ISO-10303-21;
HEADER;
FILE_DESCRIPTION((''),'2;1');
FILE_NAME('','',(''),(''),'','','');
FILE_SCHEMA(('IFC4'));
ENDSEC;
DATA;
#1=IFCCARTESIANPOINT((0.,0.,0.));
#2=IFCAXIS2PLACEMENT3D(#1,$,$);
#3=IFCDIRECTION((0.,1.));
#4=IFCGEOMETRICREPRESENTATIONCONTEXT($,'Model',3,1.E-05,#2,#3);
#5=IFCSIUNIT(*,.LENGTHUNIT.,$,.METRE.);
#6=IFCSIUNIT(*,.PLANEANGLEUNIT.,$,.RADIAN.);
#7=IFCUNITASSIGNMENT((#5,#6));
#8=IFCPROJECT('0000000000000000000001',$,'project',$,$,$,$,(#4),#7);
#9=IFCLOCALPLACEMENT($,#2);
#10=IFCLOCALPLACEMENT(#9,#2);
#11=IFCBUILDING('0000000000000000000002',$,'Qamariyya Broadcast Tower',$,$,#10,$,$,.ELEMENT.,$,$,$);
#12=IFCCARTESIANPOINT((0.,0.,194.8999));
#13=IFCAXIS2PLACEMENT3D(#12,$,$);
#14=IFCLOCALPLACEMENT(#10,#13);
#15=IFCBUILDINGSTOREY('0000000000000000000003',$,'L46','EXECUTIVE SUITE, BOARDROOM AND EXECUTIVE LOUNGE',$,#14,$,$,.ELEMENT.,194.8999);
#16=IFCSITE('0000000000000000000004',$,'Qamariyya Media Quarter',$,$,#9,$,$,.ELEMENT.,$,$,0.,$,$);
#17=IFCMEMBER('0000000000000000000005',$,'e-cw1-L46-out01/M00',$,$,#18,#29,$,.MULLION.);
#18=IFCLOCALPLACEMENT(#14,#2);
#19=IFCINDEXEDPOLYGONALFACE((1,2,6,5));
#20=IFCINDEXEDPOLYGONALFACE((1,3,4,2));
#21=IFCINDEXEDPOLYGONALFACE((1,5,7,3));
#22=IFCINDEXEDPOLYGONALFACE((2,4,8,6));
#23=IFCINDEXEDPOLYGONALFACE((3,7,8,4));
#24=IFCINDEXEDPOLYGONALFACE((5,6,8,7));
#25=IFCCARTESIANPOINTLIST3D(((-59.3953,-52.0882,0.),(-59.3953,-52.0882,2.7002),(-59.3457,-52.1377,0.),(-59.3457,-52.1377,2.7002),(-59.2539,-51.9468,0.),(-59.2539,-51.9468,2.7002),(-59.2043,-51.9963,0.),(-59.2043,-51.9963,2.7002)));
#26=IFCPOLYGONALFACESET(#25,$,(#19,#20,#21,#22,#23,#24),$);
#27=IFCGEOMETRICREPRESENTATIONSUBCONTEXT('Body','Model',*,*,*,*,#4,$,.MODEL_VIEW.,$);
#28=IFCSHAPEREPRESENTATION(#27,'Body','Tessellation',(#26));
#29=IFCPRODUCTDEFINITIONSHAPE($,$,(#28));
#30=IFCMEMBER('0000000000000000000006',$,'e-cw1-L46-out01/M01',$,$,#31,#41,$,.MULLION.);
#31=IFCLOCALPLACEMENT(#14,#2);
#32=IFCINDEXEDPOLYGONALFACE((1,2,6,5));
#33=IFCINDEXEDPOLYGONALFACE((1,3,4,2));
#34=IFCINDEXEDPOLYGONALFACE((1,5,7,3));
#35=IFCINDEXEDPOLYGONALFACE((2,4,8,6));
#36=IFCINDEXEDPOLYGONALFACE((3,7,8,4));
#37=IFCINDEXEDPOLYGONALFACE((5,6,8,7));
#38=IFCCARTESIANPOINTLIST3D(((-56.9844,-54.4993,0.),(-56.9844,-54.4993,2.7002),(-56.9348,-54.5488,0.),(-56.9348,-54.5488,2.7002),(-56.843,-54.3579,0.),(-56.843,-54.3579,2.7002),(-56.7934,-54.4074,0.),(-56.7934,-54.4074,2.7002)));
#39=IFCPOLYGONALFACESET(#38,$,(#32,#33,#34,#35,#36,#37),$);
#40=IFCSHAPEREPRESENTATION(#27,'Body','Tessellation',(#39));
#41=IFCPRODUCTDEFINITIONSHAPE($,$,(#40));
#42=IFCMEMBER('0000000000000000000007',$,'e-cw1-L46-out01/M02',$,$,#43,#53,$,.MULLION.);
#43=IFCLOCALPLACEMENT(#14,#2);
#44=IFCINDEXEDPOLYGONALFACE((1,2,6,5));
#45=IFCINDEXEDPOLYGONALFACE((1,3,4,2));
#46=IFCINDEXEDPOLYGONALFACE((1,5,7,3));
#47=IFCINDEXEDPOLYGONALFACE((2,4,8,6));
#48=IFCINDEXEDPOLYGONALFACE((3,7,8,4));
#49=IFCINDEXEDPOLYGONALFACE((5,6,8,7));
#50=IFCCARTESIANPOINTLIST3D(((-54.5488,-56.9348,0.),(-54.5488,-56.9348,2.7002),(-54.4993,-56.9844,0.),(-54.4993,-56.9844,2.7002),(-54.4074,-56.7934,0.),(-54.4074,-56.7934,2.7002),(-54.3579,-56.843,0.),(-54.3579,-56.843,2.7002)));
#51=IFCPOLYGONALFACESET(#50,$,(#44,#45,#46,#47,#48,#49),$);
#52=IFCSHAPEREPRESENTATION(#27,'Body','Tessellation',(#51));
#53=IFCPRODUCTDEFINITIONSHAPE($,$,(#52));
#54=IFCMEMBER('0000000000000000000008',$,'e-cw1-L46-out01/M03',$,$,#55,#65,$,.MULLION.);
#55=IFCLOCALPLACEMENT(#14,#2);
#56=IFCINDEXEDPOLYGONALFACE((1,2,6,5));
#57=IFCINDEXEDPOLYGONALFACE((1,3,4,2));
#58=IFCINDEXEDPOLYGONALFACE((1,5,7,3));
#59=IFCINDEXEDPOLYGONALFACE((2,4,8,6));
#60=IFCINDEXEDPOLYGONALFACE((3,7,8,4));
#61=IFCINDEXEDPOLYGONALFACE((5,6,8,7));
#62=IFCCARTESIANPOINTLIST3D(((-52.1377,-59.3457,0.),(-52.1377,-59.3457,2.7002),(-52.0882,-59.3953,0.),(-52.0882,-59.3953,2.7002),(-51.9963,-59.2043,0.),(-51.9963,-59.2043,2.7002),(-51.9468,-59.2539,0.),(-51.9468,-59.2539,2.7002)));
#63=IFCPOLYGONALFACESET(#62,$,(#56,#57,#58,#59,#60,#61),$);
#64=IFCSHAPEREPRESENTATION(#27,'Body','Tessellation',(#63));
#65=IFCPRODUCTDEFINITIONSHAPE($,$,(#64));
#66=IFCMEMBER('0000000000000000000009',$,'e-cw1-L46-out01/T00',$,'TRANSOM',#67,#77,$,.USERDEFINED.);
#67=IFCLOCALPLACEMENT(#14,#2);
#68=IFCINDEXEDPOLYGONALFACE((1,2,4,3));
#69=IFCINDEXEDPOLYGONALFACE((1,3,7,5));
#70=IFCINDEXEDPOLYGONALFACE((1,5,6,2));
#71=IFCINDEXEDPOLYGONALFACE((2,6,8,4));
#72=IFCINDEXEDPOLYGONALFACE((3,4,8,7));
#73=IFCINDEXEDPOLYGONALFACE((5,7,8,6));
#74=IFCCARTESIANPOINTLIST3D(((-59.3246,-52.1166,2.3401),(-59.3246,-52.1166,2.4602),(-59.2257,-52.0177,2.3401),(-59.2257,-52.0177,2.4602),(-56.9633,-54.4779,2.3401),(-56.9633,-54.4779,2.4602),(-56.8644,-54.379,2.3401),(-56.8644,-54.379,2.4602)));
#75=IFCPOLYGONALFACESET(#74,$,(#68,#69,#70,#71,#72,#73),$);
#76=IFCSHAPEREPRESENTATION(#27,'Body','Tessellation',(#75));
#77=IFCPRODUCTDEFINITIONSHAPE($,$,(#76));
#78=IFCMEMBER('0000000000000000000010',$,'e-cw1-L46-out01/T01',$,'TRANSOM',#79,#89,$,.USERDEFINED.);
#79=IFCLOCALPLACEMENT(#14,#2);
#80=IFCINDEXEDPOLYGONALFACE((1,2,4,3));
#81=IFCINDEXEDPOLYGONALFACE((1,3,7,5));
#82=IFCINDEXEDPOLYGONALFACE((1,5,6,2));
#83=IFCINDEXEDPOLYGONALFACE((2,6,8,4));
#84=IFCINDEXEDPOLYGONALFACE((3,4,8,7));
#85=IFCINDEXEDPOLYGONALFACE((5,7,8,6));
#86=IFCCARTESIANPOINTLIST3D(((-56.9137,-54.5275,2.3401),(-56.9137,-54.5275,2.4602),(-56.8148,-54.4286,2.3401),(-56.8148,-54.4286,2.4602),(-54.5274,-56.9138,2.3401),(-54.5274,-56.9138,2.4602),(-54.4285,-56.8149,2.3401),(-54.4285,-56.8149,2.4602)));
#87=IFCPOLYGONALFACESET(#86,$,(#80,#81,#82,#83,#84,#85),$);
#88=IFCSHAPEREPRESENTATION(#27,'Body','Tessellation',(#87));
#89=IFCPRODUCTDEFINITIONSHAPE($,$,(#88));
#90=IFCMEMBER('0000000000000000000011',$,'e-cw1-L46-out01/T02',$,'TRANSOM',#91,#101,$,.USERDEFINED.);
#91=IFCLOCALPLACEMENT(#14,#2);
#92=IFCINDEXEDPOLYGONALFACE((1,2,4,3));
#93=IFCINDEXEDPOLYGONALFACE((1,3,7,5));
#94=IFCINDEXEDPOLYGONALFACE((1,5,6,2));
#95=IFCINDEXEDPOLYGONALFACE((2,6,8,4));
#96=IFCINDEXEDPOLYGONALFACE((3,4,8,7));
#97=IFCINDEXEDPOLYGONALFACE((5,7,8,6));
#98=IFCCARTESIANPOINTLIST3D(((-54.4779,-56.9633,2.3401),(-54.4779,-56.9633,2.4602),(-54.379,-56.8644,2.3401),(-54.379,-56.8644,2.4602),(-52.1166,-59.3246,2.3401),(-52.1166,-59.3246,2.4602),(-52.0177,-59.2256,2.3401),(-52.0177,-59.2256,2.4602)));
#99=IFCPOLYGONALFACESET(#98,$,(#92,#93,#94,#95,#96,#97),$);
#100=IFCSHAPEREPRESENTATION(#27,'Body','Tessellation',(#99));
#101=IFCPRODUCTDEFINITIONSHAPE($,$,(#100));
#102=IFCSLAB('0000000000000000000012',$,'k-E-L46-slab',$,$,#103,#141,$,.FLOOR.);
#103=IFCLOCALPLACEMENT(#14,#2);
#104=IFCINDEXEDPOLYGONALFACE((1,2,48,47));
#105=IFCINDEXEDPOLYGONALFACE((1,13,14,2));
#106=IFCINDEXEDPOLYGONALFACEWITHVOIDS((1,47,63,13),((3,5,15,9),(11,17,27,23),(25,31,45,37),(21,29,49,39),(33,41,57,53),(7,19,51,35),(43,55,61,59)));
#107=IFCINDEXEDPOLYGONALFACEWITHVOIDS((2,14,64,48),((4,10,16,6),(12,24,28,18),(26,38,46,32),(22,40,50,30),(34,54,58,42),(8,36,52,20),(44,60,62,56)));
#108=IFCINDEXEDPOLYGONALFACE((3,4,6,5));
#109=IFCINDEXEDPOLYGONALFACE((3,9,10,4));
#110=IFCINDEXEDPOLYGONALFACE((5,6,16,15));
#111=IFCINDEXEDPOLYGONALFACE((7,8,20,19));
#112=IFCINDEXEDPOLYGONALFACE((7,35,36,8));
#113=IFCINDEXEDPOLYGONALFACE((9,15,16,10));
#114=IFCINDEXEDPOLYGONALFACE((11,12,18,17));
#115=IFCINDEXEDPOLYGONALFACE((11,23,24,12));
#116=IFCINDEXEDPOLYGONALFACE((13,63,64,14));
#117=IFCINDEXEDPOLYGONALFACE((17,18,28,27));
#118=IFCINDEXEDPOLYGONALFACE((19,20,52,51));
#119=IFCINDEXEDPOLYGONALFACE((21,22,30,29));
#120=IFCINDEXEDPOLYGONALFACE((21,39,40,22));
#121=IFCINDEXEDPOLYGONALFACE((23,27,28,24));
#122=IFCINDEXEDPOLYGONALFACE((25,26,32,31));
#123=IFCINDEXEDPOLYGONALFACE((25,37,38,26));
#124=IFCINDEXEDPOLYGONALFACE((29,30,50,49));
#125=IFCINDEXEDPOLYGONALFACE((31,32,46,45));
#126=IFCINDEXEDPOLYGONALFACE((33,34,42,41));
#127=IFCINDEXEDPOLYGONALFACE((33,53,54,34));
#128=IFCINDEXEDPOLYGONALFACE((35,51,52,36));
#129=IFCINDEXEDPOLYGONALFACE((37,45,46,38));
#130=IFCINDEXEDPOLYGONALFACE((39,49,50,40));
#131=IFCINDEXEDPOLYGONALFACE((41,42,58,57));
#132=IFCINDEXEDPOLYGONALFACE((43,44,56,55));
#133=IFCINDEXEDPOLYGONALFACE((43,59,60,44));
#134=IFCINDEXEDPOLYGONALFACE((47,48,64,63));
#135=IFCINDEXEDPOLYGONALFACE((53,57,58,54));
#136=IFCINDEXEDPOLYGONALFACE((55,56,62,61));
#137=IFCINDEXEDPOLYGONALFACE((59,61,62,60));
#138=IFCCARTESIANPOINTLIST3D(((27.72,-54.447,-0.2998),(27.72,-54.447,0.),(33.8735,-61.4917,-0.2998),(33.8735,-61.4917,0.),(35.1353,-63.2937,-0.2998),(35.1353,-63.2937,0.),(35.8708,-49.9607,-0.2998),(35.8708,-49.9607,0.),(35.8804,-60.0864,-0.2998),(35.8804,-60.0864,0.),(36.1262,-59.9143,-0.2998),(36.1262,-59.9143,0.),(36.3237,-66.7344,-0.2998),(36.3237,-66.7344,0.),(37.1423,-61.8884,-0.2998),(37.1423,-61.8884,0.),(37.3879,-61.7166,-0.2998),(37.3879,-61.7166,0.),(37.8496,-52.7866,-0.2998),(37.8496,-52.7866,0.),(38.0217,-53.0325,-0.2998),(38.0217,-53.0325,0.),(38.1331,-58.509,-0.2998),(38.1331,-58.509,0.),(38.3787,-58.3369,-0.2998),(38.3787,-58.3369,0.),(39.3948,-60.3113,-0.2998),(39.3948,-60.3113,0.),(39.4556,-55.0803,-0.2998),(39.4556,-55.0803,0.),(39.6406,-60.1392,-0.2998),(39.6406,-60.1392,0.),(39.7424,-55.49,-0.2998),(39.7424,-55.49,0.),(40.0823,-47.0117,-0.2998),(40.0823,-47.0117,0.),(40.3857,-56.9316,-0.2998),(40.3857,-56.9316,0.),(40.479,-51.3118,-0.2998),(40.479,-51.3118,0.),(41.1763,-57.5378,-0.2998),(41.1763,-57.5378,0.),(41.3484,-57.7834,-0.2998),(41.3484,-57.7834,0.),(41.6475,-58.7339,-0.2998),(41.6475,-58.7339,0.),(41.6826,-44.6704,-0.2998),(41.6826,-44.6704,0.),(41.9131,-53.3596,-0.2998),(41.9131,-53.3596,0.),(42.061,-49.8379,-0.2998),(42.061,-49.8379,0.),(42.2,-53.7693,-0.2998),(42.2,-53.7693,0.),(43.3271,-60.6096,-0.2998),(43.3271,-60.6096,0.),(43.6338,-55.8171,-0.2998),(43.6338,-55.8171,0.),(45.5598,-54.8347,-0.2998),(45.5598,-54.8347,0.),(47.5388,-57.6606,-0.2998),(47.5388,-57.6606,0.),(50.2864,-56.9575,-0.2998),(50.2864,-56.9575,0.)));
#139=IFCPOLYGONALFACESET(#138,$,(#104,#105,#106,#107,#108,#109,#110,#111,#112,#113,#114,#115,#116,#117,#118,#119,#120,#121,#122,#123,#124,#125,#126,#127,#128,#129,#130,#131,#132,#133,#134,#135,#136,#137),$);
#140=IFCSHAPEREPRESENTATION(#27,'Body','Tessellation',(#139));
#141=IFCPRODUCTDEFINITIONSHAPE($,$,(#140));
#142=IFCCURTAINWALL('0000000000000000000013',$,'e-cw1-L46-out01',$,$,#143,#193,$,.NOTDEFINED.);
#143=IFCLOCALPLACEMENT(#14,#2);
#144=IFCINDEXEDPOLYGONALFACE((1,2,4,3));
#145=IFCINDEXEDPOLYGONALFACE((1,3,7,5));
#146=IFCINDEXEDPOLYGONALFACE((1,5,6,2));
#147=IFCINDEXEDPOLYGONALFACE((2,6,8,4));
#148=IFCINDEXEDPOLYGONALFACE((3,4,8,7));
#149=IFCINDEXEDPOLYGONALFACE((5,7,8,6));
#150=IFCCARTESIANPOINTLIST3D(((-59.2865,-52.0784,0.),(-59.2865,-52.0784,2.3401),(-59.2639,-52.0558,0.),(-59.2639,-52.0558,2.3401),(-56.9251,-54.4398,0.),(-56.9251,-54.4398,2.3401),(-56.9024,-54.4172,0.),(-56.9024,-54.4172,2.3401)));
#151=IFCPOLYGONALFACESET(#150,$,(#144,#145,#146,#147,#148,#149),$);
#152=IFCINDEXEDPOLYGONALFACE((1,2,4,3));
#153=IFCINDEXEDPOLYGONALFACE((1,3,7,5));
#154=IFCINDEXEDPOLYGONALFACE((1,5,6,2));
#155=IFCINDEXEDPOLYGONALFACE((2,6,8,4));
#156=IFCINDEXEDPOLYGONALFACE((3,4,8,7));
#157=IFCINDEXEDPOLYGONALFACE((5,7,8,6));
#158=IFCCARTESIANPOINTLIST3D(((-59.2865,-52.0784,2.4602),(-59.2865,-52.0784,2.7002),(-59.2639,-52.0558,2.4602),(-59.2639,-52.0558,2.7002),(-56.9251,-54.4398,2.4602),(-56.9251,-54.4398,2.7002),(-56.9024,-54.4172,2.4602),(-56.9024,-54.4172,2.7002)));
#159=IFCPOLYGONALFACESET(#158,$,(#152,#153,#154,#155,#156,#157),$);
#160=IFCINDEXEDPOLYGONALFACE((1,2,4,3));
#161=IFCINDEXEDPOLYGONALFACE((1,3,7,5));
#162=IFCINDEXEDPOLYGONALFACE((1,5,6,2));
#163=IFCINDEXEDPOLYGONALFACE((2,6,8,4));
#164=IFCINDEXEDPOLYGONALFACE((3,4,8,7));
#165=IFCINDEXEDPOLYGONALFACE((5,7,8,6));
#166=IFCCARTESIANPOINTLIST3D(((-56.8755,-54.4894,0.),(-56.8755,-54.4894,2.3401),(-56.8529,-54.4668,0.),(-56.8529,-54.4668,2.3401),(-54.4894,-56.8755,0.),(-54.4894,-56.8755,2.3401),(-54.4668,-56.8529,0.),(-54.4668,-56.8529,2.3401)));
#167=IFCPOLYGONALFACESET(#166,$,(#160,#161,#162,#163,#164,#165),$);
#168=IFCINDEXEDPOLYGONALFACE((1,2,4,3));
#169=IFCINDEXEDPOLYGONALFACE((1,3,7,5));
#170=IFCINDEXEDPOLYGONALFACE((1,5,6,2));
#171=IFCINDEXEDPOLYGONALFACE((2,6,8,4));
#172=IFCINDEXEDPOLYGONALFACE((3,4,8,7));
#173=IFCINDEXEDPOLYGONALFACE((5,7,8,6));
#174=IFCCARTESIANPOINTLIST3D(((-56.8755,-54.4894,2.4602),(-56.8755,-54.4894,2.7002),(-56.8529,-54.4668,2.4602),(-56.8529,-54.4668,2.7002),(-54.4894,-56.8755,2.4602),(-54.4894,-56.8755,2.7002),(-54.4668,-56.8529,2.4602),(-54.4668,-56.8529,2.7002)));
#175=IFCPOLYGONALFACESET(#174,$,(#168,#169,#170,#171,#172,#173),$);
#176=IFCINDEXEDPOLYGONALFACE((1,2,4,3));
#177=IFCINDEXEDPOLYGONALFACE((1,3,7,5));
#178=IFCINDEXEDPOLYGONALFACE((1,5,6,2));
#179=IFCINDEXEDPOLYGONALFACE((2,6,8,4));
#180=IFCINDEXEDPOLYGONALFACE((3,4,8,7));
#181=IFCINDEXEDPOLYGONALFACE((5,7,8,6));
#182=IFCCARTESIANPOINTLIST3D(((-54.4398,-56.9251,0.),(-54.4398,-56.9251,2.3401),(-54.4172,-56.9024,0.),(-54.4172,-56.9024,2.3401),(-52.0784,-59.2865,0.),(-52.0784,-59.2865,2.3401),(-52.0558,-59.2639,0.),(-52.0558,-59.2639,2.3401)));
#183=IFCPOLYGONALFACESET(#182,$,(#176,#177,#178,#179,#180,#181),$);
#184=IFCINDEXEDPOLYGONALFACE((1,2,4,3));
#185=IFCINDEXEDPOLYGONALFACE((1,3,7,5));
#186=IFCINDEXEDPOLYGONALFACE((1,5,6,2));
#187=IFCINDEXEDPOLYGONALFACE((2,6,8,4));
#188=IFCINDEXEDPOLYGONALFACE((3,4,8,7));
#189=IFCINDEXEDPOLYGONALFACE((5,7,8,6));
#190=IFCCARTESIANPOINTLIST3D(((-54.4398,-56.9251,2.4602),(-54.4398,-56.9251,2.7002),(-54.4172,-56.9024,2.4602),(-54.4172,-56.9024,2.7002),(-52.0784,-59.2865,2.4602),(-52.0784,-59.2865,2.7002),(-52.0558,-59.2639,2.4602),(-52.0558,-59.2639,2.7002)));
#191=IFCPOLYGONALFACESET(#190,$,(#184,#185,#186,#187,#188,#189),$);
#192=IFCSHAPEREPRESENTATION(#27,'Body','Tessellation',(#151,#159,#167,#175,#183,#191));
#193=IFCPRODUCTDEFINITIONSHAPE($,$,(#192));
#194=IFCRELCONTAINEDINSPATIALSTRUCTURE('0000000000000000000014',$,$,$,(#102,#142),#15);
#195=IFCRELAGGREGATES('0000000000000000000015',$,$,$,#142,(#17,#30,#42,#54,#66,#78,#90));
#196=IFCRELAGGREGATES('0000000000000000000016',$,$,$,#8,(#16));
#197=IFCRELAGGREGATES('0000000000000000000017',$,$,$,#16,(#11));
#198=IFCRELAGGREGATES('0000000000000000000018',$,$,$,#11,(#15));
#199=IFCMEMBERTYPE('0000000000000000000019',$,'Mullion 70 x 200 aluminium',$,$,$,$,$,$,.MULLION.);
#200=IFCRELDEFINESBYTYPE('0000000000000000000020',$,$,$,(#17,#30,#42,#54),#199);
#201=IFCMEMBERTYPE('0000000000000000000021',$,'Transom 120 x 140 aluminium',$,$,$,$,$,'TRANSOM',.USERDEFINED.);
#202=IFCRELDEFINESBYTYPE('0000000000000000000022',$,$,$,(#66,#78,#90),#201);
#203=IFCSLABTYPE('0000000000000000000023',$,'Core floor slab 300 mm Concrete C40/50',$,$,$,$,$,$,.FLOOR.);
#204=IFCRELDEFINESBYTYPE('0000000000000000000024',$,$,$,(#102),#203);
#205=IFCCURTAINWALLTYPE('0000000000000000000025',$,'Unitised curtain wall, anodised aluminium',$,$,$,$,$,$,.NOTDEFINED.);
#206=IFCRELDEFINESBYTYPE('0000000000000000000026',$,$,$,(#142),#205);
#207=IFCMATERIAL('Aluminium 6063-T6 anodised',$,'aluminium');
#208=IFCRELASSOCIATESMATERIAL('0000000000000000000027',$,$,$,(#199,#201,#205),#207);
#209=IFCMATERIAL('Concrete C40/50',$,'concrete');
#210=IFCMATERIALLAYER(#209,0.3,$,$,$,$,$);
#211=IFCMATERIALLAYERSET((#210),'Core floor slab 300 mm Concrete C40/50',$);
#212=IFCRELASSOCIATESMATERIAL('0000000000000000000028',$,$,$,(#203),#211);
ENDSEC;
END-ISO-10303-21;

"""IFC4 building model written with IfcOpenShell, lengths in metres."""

from ifc_helpers import new_model, si_unit, direction, frame, origin, origin_2d, place, context, subcontext, project, spatial, polyline, rectangle, outline, extrude, material, layer, layer_set, material_profile, profile_set, type_object, element, aggregate, save


model = new_model("IFC4")

# Units and contexts
model_context = context("Model", 3, precision=1e-05, world=origin(), true_north=direction((0.0, 1.0)))
body_context = subcontext(model_context, "Body", "Model", "MODEL_VIEW")
ifc_project = project(units=[si_unit("LENGTHUNIT", "METRE"), si_unit("PLANEANGLEUNIT", "RADIAN")], contexts=[model_context])

# Members
ifc_material_1 = material(Name="Aluminium 6063-T6 anodised", Category="aluminium")
ifc_material_profile_1 = material_profile(ifc_material_1, rectangle(XDim=0.2, YDim=0.0701, at=origin_2d()))
ifc_profile_set_1 = profile_set([ifc_material_profile_1], Name="Aluminium 6063-T6 anodised")
member_type_1 = type_object("IfcMemberType", Name="Mullion 70 x 200 aluminium", PredefinedType="MULLION", material=ifc_profile_set_1)
site_placement = place(None, origin())
building_placement = place(site_placement, origin())
storey_placement = place(building_placement, frame((0.0, 0.0, 194.8999)))
member_1_placement = place(storey_placement, frame((-59.2998, -52.0422, 0.0), z_axis=(0.0, 0.0, 1.0), x_axis=(0.707107, 0.707107, 0.0)))
member_1 = element("IfcMember", 1, at=member_1_placement, type_object=member_type_1, Name="e-cw1-L46-out01/M00", PredefinedType="MULLION", context=body_context, shape_type="SweptSolid", body=[
    extrude(rectangle(XDim=0.2, YDim=0.0701, at=origin_2d()), origin(), (0.0, 0.0, 1.0), 2.7002),
])
member_2_placement = place(storey_placement, frame((-56.8889, -54.4534, 0.0), z_axis=(0.0, 0.0, 1.0), x_axis=(0.707107, 0.707107, 0.0)))
member_2 = element("IfcMember", 2, at=member_2_placement, type_object=member_type_1, Name="e-cw1-L46-out01/M01", PredefinedType="MULLION", context=body_context, shape_type="SweptSolid", body=[
    extrude(rectangle(XDim=0.2, YDim=0.0701, at=origin_2d()), origin(), (0.0, 0.0, 1.0), 2.7002),
])
member_3_placement = place(storey_placement, frame((-54.4534, -56.8889, 0.0), z_axis=(0.0, 0.0, 1.0), x_axis=(0.707107, 0.707107, 0.0)))
member_3 = element("IfcMember", 3, at=member_3_placement, type_object=member_type_1, Name="e-cw1-L46-out01/M02", PredefinedType="MULLION", context=body_context, shape_type="SweptSolid", body=[
    extrude(rectangle(XDim=0.2, YDim=0.0701, at=origin_2d()), origin(), (0.0, 0.0, 1.0), 2.7002),
])
member_4_placement = place(storey_placement, frame((-52.0422, -59.2998, 0.0), z_axis=(0.0, 0.0, 1.0), x_axis=(0.707107, 0.707107, 0.0)))
member_4 = element("IfcMember", 4, at=member_4_placement, type_object=member_type_1, Name="e-cw1-L46-out01/M03", PredefinedType="MULLION", context=body_context, shape_type="SweptSolid", body=[
    extrude(rectangle(XDim=0.2, YDim=0.0701, at=origin_2d()), origin(), (0.0, 0.0, 1.0), 2.7002),
])
ifc_material_profile_2 = material_profile(ifc_material_1, rectangle(XDim=0.1399, YDim=0.1201, at=origin_2d()))
ifc_profile_set_2 = profile_set([ifc_material_profile_2], Name="Aluminium 6063-T6 anodised")
member_type_2 = type_object("IfcMemberType", Name="Transom 120 x 140 aluminium", ElementType="TRANSOM", PredefinedType="USERDEFINED", material=ifc_profile_set_2)
member_5_placement = place(storey_placement, frame((-59.2751, -52.0671, 2.4001), z_axis=(0.707107, -0.707107, 0.0), x_axis=(0.707107, 0.707107, 0.0)))
member_5 = element("IfcMember", 5, at=member_5_placement, type_object=member_type_2, Name="e-cw1-L46-out01/T00", ObjectType="TRANSOM", PredefinedType="USERDEFINED", context=body_context, shape_type="SweptSolid", body=[
    extrude(rectangle(XDim=0.1399, YDim=0.1201, at=origin_2d()), origin(), (0.0, 0.0, 1.0), 3.3394),
])
member_6_placement = place(storey_placement, frame((-56.8643, -54.478, 2.4001), z_axis=(0.707107, -0.707107, 0.0), x_axis=(0.707107, 0.707107, 0.0)))
member_6 = element("IfcMember", 6, at=member_6_placement, type_object=member_type_2, Name="e-cw1-L46-out01/T01", ObjectType="TRANSOM", PredefinedType="USERDEFINED", context=body_context, shape_type="SweptSolid", body=[
    extrude(rectangle(XDim=0.1399, YDim=0.1201, at=origin_2d()), origin(), (0.0, 0.0, 1.0), 3.3748),
])
member_7_placement = place(storey_placement, frame((-54.4285, -56.9138, 2.4001), z_axis=(0.707107, -0.707107, 0.0), x_axis=(0.707107, 0.707107, 0.0)))
member_7 = element("IfcMember", 7, at=member_7_placement, type_object=member_type_2, Name="e-cw1-L46-out01/T02", ObjectType="TRANSOM", PredefinedType="USERDEFINED", context=body_context, shape_type="SweptSolid", body=[
    extrude(rectangle(XDim=0.1399, YDim=0.1201, at=origin_2d()), origin(), (0.0, 0.0, 1.0), 3.3394),
])

# Site, building, storey
site = spatial("IfcSite", under=ifc_project, at=site_placement, Name="Qamariyya Media Quarter", CompositionType="ELEMENT", RefElevation=0.0)
building = spatial("IfcBuilding", under=site, at=building_placement, Name="Qamariyya Broadcast Tower", CompositionType="ELEMENT")
storey = spatial("IfcBuildingStorey", under=building, at=storey_placement, Name="L46", Description="EXECUTIVE SUITE, BOARDROOM AND EXECUTIVE LOUNGE", CompositionType="ELEMENT", Elevation=194.8999)

# Slab
ifc_material_2 = material(Name="Concrete C40/50", Category="concrete")
ifc_layer = layer(ifc_material_2, 0.3)
ifc_layer_set = layer_set([ifc_layer], Name="Core floor slab 300 mm Concrete C40/50")
slab_type = type_object("IfcSlabType", Name="Core floor slab 300 mm Concrete C40/50", PredefinedType="FLOOR", material=ifc_layer_set)
slab_placement = place(storey_placement, frame((0.0, 0.0, -0.2998)))
element("IfcSlab", 8, at=slab_placement, inside=storey, type_object=slab_type, Name="k-E-L46-slab", PredefinedType="FLOOR", context=body_context, shape_type="SweptSolid", body=[
    extrude(outline(polyline([(36.3237, -66.7344), (50.2864, -56.9575), (41.6826, -44.6704), (27.72, -54.447), (36.3237, -66.7344)]), holes=[polyline([(33.8735, -61.4917), (35.8804, -60.0864), (37.1423, -61.8884), (35.1353, -63.2937), (33.8735, -61.4917)]), polyline([(36.1262, -59.9143), (38.1331, -58.509), (39.3948, -60.3113), (37.3879, -61.7166), (36.1262, -59.9143)]), polyline([(38.3787, -58.3369), (40.3857, -56.9316), (41.6475, -58.7339), (39.6406, -60.1392), (38.3787, -58.3369)]), polyline([(39.7424, -55.49), (42.2, -53.7693), (43.6338, -55.8171), (41.1763, -57.5378), (39.7424, -55.49)]), polyline([(39.4556, -55.0803), (41.9131, -53.3596), (40.479, -51.3118), (38.0217, -53.0325), (39.4556, -55.0803)]), polyline([(40.0823, -47.0117), (35.8708, -49.9607), (37.8496, -52.7866), (42.061, -49.8379), (40.0823, -47.0117)]), polyline([(45.5598, -54.8347), (41.3484, -57.7834), (43.3271, -60.6096), (47.5388, -57.6606), (45.5598, -54.8347)])]), origin(), (0.0, 0.0, 1.0), 0.2998),
])

# Curtain wall
curtain_wall_type = type_object("IfcCurtainWallType", Name="Unitised curtain wall, anodised aluminium", PredefinedType="NOTDEFINED", material=ifc_material_1)
curtain_wall_1_placement = place(storey_placement, origin())
curtain_wall_1 = element("IfcCurtainWall", 9, at=curtain_wall_1_placement, inside=storey, type_object=curtain_wall_type, Name="e-cw1-L46-out01", PredefinedType="NOTDEFINED", context=body_context, shape_type="SweptSolid", body=[
    extrude(rectangle(XDim=3.3396, YDim=0.032, at=origin_2d()), frame((-58.0945, -53.2478, 0.0), x_axis=(0.707107, -0.707107, 0.0)), (0.0, 0.0, 1.0), 2.3401),
    extrude(rectangle(XDim=3.3396, YDim=0.032, at=origin_2d()), frame((-58.0945, -53.2478, 2.4602), x_axis=(0.707107, -0.707107, 0.0)), (0.0, 0.0, 1.0), 0.24),
    extrude(rectangle(XDim=3.3745, YDim=0.032, at=origin_2d()), frame((-55.6711, -55.6711, 0.0), x_axis=(0.707107, -0.707107, 0.0)), (0.0, 0.0, 1.0), 2.3401),
    extrude(rectangle(XDim=3.3745, YDim=0.032, at=origin_2d()), frame((-55.6711, -55.6711, 2.4602), x_axis=(0.707107, -0.707107, 0.0)), (0.0, 0.0, 1.0), 0.24),
    extrude(rectangle(XDim=3.3396, YDim=0.032, at=origin_2d()), frame((-53.2478, -58.0945, 0.0), x_axis=(0.707107, -0.707107, 0.0)), (0.0, 0.0, 1.0), 2.3401),
    extrude(rectangle(XDim=3.3396, YDim=0.032, at=origin_2d()), frame((-53.2478, -58.0945, 2.4602), x_axis=(0.707107, -0.707107, 0.0)), (0.0, 0.0, 1.0), 0.24),
])
aggregate(curtain_wall_1, [member_1, member_2, member_3, member_4, member_5, member_6, member_7])

save(model, "model.ifc")
